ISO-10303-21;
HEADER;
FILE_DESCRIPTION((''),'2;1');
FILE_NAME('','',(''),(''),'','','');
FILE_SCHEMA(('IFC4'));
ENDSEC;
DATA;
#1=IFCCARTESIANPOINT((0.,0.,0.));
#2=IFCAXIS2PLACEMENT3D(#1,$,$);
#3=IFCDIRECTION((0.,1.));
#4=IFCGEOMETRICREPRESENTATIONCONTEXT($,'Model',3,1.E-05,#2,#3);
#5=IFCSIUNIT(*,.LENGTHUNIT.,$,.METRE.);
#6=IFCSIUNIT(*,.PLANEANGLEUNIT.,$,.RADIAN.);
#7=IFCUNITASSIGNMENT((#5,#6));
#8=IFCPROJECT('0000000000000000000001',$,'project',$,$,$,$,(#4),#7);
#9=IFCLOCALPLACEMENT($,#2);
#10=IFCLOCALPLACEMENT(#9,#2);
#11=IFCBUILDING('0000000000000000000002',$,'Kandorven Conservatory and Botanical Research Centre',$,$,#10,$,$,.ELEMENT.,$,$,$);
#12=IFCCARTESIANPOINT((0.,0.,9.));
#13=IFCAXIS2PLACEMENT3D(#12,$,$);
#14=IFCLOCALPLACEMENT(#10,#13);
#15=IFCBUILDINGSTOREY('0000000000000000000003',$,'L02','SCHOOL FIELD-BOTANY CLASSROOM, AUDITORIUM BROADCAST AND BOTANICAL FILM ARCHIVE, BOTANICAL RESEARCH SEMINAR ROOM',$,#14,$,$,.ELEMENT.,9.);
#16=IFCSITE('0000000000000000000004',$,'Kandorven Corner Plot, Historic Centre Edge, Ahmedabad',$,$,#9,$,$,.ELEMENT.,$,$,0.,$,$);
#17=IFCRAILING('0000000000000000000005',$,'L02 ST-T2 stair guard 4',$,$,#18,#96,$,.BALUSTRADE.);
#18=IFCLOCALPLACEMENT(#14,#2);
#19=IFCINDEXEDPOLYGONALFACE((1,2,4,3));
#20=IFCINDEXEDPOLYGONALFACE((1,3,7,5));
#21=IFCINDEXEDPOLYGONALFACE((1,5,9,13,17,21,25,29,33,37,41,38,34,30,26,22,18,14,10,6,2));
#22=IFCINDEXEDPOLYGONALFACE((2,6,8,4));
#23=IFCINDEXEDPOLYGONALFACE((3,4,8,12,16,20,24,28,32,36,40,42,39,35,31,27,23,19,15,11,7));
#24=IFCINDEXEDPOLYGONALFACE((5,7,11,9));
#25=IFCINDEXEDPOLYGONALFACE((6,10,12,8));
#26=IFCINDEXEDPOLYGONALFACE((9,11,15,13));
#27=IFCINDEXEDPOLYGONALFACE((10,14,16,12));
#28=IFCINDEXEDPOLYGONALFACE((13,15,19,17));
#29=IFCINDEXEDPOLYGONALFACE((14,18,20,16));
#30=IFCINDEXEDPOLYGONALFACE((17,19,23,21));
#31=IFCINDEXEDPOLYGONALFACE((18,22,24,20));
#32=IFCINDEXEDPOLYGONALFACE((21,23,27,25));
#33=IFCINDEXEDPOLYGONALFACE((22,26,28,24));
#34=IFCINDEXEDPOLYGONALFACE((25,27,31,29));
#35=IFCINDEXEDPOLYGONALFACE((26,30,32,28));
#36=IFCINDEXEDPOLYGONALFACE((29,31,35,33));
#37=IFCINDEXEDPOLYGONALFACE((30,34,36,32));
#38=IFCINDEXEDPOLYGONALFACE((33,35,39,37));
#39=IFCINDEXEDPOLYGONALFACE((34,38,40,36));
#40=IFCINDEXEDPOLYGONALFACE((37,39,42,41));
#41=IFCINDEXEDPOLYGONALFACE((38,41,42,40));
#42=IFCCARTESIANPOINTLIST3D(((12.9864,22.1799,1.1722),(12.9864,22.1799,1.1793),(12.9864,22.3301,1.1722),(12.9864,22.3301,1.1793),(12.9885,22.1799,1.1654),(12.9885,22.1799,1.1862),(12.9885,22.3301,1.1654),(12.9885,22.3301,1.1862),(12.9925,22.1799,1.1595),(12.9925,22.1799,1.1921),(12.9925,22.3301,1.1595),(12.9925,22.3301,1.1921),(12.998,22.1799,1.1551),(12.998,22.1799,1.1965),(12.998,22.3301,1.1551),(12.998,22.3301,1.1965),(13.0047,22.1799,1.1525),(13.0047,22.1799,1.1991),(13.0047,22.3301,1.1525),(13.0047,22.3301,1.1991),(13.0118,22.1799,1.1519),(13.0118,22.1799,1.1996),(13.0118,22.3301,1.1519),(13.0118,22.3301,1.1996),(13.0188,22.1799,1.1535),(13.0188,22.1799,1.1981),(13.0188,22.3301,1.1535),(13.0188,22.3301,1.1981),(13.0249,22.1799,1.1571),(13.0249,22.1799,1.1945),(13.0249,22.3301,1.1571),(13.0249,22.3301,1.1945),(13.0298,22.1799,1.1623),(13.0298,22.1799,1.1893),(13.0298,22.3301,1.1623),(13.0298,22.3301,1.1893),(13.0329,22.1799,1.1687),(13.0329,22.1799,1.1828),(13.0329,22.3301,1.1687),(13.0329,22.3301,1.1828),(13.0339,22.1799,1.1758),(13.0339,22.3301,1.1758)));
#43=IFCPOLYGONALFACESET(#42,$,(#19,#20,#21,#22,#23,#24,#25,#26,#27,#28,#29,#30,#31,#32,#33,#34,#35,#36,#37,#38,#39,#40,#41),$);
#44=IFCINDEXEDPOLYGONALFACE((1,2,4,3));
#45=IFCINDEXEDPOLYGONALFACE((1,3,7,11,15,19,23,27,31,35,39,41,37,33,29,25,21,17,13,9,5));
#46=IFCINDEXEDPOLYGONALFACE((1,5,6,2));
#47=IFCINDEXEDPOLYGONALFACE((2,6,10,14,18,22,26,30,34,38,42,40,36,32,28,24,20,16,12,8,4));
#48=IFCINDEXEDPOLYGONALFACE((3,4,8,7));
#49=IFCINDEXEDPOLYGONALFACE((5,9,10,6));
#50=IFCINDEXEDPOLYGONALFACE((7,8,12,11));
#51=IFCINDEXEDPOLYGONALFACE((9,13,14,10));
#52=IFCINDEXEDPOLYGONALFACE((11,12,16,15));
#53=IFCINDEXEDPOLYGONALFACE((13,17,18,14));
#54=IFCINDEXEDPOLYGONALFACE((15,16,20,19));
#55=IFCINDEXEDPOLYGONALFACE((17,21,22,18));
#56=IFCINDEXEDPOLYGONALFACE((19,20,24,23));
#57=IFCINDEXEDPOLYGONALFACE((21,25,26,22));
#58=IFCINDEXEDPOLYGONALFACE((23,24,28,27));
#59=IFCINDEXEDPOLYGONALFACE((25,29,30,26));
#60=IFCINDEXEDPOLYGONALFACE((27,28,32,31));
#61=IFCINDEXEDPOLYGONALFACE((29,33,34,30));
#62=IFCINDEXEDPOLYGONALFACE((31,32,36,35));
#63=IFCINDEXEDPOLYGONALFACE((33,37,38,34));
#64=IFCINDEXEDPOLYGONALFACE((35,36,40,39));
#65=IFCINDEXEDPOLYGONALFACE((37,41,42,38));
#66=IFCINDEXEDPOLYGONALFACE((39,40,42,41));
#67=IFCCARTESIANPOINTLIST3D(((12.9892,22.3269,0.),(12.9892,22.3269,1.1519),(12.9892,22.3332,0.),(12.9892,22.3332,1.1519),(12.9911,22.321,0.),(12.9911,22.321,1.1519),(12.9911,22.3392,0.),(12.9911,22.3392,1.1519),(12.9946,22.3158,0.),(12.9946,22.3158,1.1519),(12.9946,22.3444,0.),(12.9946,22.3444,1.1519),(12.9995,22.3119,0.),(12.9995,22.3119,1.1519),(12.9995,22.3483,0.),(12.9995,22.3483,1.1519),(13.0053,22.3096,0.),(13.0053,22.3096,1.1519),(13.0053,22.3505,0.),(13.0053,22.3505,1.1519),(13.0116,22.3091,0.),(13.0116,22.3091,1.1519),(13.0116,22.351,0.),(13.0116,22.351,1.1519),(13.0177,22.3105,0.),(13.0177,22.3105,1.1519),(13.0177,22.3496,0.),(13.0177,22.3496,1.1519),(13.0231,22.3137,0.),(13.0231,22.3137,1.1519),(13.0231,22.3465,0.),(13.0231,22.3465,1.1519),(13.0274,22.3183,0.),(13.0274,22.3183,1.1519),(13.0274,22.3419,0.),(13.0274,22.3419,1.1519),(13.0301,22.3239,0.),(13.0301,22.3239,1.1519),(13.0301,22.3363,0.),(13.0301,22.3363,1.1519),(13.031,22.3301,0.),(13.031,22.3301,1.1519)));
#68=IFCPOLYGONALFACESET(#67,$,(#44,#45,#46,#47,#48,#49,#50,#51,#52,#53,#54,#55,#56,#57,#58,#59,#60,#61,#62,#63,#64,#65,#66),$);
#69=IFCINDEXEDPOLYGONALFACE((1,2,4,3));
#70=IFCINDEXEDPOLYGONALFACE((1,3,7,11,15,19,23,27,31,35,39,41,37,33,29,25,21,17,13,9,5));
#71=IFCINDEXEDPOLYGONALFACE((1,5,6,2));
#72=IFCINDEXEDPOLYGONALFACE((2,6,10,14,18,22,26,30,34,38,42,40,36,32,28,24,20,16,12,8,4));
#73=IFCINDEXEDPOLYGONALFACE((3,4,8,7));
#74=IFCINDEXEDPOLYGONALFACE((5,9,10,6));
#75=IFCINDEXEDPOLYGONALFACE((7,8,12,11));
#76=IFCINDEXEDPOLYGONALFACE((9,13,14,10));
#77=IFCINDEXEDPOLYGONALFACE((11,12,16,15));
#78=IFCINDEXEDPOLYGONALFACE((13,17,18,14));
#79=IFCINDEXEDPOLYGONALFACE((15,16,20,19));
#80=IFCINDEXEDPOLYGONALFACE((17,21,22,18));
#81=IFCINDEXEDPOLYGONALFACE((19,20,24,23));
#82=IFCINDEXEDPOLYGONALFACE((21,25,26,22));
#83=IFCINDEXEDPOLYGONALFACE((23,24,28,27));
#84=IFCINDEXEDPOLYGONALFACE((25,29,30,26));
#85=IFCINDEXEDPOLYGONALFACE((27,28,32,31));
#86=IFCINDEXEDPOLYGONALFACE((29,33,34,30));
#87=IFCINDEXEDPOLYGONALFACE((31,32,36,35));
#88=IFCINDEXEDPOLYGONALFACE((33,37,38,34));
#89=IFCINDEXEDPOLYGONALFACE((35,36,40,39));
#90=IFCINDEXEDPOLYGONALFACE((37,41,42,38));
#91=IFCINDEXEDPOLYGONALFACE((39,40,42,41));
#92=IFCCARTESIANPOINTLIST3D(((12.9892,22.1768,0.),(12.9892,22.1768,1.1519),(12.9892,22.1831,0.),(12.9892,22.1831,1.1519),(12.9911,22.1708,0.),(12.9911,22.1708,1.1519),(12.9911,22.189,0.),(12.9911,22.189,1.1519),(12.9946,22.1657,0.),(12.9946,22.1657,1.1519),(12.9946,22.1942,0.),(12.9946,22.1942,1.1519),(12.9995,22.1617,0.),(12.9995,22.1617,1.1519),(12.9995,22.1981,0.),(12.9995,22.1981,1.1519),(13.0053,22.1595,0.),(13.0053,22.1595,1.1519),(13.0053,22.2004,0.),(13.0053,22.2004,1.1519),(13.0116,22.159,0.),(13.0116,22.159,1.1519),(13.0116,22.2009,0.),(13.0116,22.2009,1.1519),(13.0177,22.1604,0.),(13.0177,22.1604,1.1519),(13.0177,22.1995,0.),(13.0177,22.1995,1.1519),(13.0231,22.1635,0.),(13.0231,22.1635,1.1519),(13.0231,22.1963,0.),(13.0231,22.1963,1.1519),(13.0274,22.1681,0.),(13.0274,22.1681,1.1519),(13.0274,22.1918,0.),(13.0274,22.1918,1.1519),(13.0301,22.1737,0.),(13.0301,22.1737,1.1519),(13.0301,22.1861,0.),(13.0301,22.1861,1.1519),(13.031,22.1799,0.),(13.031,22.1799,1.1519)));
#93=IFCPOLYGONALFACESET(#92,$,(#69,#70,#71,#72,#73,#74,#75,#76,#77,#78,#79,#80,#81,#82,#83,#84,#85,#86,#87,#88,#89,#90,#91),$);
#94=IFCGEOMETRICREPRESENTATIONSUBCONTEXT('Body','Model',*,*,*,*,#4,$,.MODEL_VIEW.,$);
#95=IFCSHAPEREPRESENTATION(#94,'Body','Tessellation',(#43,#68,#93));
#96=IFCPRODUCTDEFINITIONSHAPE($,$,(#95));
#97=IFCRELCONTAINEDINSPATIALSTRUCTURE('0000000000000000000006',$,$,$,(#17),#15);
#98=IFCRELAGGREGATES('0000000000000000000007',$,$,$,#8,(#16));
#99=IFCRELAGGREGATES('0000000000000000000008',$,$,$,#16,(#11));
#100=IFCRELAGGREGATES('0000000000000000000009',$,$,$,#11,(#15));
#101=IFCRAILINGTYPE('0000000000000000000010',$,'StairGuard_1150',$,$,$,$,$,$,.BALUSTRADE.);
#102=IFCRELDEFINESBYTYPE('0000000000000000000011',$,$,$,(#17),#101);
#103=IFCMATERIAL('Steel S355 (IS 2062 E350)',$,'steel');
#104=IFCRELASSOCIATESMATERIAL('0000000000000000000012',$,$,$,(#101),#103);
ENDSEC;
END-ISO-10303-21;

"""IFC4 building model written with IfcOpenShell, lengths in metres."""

from ifc_helpers import new_model, si_unit, direction, frame, origin, origin_2d, place, context, subcontext, project, spatial, circle, extrude, material, type_object, element, save


model = new_model("IFC4")

# Units and contexts
model_context = context("Model", 3, precision=1e-05, world=origin(), true_north=direction((0.0, 1.0)))
body_context = subcontext(model_context, "Body", "Model", "MODEL_VIEW")
ifc_project = project(units=[si_unit("LENGTHUNIT", "METRE"), si_unit("PLANEANGLEUNIT", "RADIAN")], contexts=[model_context])

# Site, building, storey
site_placement = place(None, origin())
site = spatial("IfcSite", under=ifc_project, at=site_placement, Name="Kandorven Corner Plot, Historic Centre Edge, Ahmedabad", CompositionType="ELEMENT", RefElevation=0.0)
building_placement = place(site_placement, origin())
building = spatial("IfcBuilding", under=site, at=building_placement, Name="Kandorven Conservatory and Botanical Research Centre", CompositionType="ELEMENT")
storey_placement = place(building_placement, frame((0.0, 0.0, 9.0)))
storey = spatial("IfcBuildingStorey", under=building, at=storey_placement, Name="L02", Description="SCHOOL FIELD-BOTANY CLASSROOM, AUDITORIUM BROADCAST AND BOTANICAL FILM ARCHIVE, BOTANICAL RESEARCH SEMINAR ROOM", CompositionType="ELEMENT", Elevation=9.0)

# Railing
ifc_material_1 = material(Name="Steel S355 (IS 2062 E350)", Category="steel")
railing_type_1 = type_object("IfcRailingType", Name="StairGuard_1150", PredefinedType="BALUSTRADE", material=ifc_material_1)
railing_1_placement = place(storey_placement, frame((13.01, 22.3301, 0.0)))
element("IfcRailing", 1, at=railing_1_placement, inside=storey, type_object=railing_type_1, Name="L02 ST-T2 stair guard 4", PredefinedType="BALUSTRADE", context=body_context, shape_type="SweptSolid", body=[
    extrude(circle(Radius=0.0239, at=origin_2d()), frame((0.0, 0.0, 1.1758), z_axis=(0.0, -1.0, 0.0), x_axis=(1.0, 0.0, 0.0)), (0.0, 0.0, 1.0), 0.1501),
    extrude(circle(Radius=0.021, at=origin_2d()), origin(), (0.0, 0.0, 1.0), 1.1519),
    extrude(circle(Radius=0.021, at=origin_2d()), frame((0.0, -0.1501, 0.0)), (0.0, 0.0, 1.0), 1.1519),
])

save(model, "model.ifc")
